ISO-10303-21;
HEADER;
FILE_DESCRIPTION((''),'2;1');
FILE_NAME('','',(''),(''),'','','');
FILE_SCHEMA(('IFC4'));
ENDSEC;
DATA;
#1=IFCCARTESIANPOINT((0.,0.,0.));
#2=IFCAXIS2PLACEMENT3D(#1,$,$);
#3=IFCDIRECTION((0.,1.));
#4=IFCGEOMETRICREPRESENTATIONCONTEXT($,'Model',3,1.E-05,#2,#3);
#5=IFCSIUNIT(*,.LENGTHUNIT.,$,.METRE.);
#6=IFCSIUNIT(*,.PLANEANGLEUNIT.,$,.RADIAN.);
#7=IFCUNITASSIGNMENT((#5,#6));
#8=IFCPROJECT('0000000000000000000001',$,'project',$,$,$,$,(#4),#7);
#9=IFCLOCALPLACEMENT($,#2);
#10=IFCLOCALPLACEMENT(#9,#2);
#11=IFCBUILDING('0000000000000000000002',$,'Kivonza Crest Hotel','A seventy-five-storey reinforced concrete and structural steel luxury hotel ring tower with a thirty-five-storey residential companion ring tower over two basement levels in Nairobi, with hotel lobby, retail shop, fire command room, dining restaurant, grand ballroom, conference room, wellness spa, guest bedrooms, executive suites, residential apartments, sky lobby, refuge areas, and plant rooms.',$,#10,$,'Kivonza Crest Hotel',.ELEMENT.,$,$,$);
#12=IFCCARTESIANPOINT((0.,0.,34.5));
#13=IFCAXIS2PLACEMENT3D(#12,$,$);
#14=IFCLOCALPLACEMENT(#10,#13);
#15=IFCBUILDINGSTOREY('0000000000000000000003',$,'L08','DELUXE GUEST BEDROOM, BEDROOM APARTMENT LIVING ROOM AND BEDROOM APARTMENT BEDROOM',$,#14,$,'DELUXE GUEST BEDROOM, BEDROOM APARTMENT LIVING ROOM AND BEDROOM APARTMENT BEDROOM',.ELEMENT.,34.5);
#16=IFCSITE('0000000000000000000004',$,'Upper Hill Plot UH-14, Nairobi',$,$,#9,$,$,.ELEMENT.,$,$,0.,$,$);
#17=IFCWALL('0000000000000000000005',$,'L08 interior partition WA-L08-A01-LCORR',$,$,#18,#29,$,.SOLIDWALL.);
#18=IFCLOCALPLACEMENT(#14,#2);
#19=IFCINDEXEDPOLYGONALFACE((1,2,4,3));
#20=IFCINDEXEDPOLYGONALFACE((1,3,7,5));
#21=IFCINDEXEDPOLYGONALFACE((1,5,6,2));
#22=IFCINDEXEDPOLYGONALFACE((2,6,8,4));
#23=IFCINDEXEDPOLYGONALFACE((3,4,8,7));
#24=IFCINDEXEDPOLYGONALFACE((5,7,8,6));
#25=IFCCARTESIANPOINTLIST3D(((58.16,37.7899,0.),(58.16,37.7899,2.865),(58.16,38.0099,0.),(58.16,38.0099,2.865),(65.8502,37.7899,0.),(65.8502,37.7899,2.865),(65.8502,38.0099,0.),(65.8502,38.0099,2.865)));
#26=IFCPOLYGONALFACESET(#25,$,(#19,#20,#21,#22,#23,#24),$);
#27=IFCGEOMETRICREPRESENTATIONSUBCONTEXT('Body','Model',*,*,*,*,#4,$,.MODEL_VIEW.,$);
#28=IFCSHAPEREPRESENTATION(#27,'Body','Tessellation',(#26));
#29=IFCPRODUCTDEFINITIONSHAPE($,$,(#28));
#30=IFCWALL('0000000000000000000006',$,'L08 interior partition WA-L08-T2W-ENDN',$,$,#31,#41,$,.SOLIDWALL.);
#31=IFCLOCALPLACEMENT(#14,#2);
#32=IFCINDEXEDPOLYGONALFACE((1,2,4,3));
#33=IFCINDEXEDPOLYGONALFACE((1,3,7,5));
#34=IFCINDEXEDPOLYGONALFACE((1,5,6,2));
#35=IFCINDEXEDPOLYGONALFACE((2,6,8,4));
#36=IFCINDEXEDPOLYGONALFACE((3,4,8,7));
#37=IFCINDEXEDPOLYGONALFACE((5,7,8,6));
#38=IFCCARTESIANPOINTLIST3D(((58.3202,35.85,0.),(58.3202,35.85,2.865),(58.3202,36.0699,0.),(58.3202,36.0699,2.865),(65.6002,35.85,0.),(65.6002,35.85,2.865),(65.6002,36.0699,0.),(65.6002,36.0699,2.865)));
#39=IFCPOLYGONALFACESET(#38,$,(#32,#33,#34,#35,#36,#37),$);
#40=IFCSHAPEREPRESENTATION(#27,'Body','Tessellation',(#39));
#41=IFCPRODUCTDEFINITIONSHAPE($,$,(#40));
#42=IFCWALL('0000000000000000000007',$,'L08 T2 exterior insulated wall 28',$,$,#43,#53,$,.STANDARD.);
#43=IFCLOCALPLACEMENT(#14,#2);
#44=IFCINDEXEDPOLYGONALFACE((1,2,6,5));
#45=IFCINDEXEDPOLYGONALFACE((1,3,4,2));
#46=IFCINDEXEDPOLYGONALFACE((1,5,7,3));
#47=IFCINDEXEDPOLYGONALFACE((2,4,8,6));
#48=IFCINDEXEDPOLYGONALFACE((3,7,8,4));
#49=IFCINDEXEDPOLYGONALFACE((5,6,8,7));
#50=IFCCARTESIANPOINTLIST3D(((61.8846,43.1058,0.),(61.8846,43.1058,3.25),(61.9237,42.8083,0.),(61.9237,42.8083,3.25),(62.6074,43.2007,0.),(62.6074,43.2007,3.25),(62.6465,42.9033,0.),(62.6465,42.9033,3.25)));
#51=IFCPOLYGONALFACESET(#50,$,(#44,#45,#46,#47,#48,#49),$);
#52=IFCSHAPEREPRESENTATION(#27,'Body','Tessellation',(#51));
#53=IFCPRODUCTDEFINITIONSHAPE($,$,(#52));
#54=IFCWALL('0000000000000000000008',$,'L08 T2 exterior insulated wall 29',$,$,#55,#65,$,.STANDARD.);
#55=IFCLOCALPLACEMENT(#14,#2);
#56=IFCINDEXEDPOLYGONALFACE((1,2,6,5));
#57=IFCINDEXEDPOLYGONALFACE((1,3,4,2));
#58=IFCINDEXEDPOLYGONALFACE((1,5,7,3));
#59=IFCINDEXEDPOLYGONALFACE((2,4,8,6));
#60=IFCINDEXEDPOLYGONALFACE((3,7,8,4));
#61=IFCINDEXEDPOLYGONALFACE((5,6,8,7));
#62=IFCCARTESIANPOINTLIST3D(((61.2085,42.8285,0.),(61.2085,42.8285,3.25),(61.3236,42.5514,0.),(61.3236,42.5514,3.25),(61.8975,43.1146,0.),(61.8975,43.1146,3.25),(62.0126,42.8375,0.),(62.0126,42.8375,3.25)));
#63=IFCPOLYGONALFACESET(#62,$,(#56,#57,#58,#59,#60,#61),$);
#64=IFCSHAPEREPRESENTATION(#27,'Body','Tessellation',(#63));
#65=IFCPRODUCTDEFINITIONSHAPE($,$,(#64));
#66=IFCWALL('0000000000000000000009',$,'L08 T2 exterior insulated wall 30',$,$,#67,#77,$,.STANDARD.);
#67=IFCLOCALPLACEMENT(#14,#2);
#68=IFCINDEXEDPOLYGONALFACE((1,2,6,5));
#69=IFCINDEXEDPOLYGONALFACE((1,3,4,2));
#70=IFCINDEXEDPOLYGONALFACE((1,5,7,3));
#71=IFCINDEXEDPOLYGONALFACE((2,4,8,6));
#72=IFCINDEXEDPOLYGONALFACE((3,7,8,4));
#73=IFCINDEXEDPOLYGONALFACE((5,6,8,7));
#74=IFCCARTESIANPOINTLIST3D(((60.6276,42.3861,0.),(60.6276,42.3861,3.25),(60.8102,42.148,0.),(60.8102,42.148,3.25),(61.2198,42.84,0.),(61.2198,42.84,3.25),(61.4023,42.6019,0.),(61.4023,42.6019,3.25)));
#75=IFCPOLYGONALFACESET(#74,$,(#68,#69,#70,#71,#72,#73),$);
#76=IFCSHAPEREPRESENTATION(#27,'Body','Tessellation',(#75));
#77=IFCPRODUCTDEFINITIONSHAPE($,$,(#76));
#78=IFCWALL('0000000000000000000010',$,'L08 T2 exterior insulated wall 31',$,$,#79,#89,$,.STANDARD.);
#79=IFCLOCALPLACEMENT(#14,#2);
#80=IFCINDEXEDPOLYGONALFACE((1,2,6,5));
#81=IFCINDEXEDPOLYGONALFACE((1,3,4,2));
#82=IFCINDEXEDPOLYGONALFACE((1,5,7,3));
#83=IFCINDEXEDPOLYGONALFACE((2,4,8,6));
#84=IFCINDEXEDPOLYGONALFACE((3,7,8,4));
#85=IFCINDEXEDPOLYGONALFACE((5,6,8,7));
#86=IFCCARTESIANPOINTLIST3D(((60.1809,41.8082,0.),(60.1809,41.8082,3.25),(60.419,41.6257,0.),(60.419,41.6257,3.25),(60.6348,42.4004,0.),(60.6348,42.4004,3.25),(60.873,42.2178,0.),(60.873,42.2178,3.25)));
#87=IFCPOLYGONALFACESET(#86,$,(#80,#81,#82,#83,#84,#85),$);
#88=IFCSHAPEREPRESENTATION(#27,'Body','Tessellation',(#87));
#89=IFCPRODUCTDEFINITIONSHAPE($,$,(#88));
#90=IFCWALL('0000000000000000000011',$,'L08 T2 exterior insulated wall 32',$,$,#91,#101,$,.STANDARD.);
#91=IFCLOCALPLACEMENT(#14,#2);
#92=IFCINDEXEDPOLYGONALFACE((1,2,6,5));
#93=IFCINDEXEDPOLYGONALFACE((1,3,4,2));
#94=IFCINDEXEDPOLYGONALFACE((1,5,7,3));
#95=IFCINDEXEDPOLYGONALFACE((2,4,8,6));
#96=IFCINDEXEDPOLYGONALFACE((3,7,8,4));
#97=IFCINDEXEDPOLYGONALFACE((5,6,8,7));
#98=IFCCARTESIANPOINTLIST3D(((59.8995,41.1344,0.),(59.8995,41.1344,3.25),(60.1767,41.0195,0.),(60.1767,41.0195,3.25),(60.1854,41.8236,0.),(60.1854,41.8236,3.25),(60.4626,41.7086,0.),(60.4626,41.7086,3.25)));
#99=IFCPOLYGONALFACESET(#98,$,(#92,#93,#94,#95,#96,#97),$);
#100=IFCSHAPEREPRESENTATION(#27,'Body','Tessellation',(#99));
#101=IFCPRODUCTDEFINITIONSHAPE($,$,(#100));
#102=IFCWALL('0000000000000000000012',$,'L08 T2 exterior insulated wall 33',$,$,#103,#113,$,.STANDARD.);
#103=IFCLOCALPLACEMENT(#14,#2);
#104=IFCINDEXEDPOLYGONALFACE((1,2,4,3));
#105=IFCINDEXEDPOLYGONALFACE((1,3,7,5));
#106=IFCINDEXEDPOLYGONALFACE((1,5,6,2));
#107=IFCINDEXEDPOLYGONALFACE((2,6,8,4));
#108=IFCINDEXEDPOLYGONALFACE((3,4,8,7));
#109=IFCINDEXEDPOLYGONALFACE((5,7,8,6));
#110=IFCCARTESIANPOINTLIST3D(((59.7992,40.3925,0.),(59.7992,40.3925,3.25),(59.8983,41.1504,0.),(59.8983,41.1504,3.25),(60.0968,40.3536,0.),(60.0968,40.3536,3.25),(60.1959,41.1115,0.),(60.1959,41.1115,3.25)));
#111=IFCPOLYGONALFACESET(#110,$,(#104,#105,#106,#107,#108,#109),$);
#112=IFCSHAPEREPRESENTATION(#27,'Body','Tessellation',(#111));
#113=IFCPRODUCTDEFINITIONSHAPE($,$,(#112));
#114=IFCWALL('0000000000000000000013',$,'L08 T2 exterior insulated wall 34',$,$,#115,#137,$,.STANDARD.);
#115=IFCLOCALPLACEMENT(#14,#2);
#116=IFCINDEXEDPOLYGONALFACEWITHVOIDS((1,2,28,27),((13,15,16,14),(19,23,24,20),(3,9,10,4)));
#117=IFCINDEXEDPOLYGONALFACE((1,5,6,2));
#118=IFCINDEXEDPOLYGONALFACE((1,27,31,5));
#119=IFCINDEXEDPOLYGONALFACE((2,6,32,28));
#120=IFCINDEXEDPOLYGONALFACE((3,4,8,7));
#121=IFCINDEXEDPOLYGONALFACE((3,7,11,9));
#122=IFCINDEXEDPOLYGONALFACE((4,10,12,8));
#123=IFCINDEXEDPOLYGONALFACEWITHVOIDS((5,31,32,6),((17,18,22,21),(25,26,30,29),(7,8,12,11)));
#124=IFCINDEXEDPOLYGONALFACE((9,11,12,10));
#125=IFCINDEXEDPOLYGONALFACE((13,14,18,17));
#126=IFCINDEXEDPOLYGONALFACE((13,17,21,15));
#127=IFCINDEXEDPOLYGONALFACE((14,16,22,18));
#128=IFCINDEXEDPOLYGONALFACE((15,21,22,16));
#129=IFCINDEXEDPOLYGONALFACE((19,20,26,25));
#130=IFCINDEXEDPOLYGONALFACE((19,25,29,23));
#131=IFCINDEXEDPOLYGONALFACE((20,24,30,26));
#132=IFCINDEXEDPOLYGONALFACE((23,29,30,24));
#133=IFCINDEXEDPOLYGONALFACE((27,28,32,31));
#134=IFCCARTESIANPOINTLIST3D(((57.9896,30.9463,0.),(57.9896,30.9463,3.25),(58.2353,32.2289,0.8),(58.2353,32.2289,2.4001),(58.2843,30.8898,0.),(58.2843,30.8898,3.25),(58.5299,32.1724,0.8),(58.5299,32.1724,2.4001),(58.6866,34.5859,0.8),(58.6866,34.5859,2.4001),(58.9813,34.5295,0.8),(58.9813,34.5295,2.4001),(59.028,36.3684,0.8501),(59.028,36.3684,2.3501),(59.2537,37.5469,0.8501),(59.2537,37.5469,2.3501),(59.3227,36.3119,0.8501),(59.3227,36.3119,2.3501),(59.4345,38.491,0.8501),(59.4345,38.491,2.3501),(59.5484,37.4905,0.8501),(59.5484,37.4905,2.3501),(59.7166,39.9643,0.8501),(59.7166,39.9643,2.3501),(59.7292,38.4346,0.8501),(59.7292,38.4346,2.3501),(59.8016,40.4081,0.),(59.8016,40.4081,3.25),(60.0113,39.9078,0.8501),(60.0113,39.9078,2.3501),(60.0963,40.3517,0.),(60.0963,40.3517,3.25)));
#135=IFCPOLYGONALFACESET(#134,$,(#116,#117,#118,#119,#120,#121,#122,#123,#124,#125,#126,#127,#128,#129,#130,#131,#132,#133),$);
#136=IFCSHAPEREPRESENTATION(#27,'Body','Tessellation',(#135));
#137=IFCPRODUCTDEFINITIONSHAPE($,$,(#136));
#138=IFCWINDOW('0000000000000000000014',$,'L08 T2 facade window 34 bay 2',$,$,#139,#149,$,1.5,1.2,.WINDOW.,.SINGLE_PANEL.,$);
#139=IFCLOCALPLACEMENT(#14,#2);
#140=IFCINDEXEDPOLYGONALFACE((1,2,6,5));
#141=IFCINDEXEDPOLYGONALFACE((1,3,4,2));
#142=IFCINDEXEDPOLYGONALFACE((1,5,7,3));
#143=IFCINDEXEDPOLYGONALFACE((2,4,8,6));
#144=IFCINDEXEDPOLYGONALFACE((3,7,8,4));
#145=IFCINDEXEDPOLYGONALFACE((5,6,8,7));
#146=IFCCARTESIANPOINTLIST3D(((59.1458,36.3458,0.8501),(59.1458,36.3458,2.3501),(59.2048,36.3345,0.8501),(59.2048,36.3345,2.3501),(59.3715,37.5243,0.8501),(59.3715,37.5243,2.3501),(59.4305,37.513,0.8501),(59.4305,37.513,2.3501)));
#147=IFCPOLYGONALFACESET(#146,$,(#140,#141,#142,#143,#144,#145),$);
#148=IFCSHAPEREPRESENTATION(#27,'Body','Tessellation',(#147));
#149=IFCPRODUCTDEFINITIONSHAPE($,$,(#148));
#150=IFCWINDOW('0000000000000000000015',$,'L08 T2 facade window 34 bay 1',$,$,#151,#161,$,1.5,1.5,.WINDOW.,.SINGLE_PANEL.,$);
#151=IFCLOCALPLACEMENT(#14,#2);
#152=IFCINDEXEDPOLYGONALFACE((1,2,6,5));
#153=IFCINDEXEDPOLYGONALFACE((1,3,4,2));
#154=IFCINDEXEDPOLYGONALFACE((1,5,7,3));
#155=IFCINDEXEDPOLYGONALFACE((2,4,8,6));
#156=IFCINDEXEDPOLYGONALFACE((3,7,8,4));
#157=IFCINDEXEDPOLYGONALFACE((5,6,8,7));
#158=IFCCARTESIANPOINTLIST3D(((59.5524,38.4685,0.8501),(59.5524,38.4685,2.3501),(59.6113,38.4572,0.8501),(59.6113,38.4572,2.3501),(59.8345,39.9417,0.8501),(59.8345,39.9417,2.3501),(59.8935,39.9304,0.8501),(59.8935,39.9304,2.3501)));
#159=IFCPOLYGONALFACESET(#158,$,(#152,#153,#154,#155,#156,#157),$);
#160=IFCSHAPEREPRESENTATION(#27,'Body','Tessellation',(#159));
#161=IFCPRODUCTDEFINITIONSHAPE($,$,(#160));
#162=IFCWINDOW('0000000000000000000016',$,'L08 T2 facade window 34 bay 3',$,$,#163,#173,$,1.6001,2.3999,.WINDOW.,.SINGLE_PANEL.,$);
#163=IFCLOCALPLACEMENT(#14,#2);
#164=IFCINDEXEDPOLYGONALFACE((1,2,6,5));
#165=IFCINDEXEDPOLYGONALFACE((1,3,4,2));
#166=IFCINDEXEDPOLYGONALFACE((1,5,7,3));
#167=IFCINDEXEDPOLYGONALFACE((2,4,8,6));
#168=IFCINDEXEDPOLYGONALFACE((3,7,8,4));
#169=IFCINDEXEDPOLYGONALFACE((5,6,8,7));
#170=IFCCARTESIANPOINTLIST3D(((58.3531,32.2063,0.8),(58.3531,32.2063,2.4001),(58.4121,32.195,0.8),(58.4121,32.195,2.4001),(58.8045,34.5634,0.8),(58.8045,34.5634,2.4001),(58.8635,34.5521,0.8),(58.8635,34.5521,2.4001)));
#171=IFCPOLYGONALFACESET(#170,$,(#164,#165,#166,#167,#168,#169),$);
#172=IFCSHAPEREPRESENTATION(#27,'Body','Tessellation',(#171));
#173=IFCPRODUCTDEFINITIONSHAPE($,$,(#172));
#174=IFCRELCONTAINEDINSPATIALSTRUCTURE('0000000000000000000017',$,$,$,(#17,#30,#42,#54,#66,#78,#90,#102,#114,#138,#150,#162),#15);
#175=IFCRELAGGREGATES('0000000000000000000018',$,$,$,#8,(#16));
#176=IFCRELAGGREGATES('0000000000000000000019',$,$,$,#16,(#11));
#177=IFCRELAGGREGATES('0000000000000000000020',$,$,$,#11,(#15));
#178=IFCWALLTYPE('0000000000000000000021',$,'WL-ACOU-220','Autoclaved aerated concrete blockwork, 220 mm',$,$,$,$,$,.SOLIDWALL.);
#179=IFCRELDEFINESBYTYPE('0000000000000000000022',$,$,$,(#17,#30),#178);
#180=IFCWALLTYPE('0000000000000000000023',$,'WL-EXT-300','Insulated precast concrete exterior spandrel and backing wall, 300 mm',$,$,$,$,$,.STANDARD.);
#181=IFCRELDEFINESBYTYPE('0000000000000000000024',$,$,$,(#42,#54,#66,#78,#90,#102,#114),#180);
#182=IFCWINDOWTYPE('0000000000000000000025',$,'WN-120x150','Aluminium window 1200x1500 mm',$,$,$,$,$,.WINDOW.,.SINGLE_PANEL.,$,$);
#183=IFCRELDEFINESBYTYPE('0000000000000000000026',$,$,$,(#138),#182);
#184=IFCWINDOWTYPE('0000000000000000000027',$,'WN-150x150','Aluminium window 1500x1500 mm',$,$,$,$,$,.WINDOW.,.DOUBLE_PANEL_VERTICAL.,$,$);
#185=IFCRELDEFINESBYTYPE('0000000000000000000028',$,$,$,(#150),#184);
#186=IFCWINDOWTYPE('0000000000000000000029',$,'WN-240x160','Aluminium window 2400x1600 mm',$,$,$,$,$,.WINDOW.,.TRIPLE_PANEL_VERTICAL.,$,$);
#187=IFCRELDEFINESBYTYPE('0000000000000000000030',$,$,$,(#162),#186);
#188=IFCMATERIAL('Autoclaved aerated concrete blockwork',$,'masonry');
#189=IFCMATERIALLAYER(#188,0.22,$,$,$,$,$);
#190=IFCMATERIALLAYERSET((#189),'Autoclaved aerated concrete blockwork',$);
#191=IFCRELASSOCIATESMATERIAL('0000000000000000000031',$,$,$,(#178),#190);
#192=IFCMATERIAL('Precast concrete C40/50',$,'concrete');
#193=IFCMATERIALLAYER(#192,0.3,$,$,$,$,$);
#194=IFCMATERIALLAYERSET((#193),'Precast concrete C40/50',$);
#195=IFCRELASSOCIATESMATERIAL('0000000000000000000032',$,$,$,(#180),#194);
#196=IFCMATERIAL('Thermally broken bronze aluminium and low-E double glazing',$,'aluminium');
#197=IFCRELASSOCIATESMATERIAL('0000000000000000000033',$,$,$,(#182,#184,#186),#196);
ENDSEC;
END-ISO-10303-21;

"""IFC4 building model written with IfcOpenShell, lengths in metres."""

from ifc_helpers import new_model, si_unit, direction, frame, frame_2d, origin, place, context, subcontext, project, spatial, rectangle, extrude, material, layer, layer_set, type_object, element, fill, save


model = new_model("IFC4")

# Units and contexts
model_context = context("Model", 3, precision=1e-05, world=origin(), true_north=direction((0.0, 1.0)))
body_context = subcontext(model_context, "Body", "Model", "MODEL_VIEW")
ifc_project = project(units=[si_unit("LENGTHUNIT", "METRE"), si_unit("PLANEANGLEUNIT", "RADIAN")], contexts=[model_context])

# Site, building, storey
site_placement = place(None, origin())
site = spatial("IfcSite", under=ifc_project, at=site_placement, Name="Upper Hill Plot UH-14, Nairobi", CompositionType="ELEMENT", RefElevation=0.0)
building_placement = place(site_placement, origin())
building = spatial("IfcBuilding", under=site, at=building_placement, Name="Kivonza Crest Hotel", Description="A seventy-five-storey reinforced concrete and structural steel luxury hotel ring tower with a thirty-five-storey residential companion ring tower over two basement levels in Nairobi, with hotel lobby, retail shop, fire command room, dining restaurant, grand ballroom, conference room, wellness spa, guest bedrooms, executive suites, residential apartments, sky lobby, refuge areas, and plant rooms.", LongName="Kivonza Crest Hotel", CompositionType="ELEMENT")
storey_placement = place(building_placement, frame((0.0, 0.0, 34.5)))
storey = spatial("IfcBuildingStorey", under=building, at=storey_placement, Name="L08", Description="DELUXE GUEST BEDROOM, BEDROOM APARTMENT LIVING ROOM AND BEDROOM APARTMENT BEDROOM", LongName="DELUXE GUEST BEDROOM, BEDROOM APARTMENT LIVING ROOM AND BEDROOM APARTMENT BEDROOM", CompositionType="ELEMENT", Elevation=34.5)

# Walls
ifc_material_1 = material(Name="Autoclaved aerated concrete blockwork", Category="masonry")
ifc_layer_1 = layer(ifc_material_1, 0.22)
ifc_layer_set_1 = layer_set([ifc_layer_1], Name="Autoclaved aerated concrete blockwork")
wall_type_1 = type_object("IfcWallType", Name="WL-ACOU-220", Description="Autoclaved aerated concrete blockwork, 220 mm", PredefinedType="SOLIDWALL", material=ifc_layer_set_1)
wall_1_placement = place(storey_placement, frame((58.1599, 37.8999, 0.0), z_axis=(0.0, 0.0, 1.0), x_axis=(1.0, 0.0, 0.0)))
element("IfcWall", 1, at=wall_1_placement, inside=storey, type_object=wall_type_1, Name="L08 interior partition WA-L08-A01-LCORR", PredefinedType="SOLIDWALL", context=body_context, shape_type="SweptSolid", body=[
    extrude(rectangle(XDim=7.6902, YDim=0.22, at=frame_2d((3.8452, 0.0))), origin(), (0.0, 0.0, 1.0), 2.865),
])
wall_2_placement = place(storey_placement, frame((58.3201, 35.96, 0.0), z_axis=(0.0, 0.0, 1.0), x_axis=(1.0, 0.0, 0.0)))
element("IfcWall", 2, at=wall_2_placement, inside=storey, type_object=wall_type_1, Name="L08 interior partition WA-L08-T2W-ENDN", PredefinedType="SOLIDWALL", context=body_context, shape_type="SweptSolid", body=[
    extrude(rectangle(XDim=7.28, YDim=0.22, at=frame_2d((3.6401, 0.0))), origin(), (0.0, 0.0, 1.0), 2.865),
])
ifc_material_2 = material(Name="Precast concrete C40/50", Category="concrete")
ifc_layer_2 = layer(ifc_material_2, 0.3)
ifc_layer_set_2 = layer_set([ifc_layer_2], Name="Precast concrete C40/50")
wall_type_2 = type_object("IfcWallType", Name="WL-EXT-300", Description="Insulated precast concrete exterior spandrel and backing wall, 300 mm", PredefinedType="STANDARD", material=ifc_layer_set_2)
wall_3_placement = place(storey_placement, frame((62.627, 43.052, 0.0), z_axis=(0.0, 0.0, 1.0), x_axis=(-0.99148, -0.130255, 0.0)))
element("IfcWall", 3, at=wall_3_placement, inside=storey, type_object=wall_type_2, Name="L08 T2 exterior insulated wall 28", PredefinedType="STANDARD", context=body_context, shape_type="SweptSolid", body=[
    extrude(rectangle(XDim=0.729, YDim=0.3, at=frame_2d((0.3645, 0.0))), origin(), (0.0, 0.0, 1.0), 3.25),
])
for number, where, z_axis, x_axis, name in (
    (4, (61.9551, 42.9761, 0.0), (0.0, 0.0, 1.0), (-0.923522, -0.383546, 0.0), "L08 T2 exterior insulated wall 29"),
    (5, (61.311, 42.7209, 0.0), (0.0, 0.0, 1.0), (-0.793633, -0.608397, 0.0), "L08 T2 exterior insulated wall 30"),
    (6, (60.7539, 42.3091, 0.0), (0.0, 0.0, 1.0), (-0.608397, -0.793633, 0.0), "L08 T2 exterior insulated wall 31"),
    (7, (60.324, 41.7661, 0.0), (0.0, 0.0, 1.0), (-0.383151, -0.923686, 0.0), "L08 T2 exterior insulated wall 32"),
):
    element("IfcWall", number, at=place(storey_placement, frame(where, z_axis=z_axis, x_axis=x_axis)), inside=storey, type_object=wall_type_2, Name=name, PredefinedType="STANDARD", context=body_context, shape_type="SweptSolid", body=[
        extrude(rectangle(XDim=0.7461, YDim=0.3, at=frame_2d((0.373, 0.0))), origin(), (0.0, 0.0, 1.0), 3.25),
    ])
wall_4_placement = place(storey_placement, frame((60.0471, 41.1311, 0.0), z_axis=(0.0, 0.0, 1.0), x_axis=(-0.129653, -0.991559, 0.0)))
element("IfcWall", 8, at=wall_4_placement, inside=storey, type_object=wall_type_2, Name="L08 T2 exterior insulated wall 33", PredefinedType="STANDARD", context=body_context, shape_type="SweptSolid", body=[
    extrude(rectangle(XDim=0.7644, YDim=0.3, at=frame_2d((0.3823, 0.0))), origin(), (0.0, 0.0, 1.0), 3.25),
])

# Wall, openings, windows
wall_5_placement = place(storey_placement, frame((59.949, 40.3799, 0.0), z_axis=(0.0, 0.0, 1.0), x_axis=(-0.188088, -0.982152, 0.0)))
wall_5 = element("IfcWall", 9, at=wall_5_placement, inside=storey, type_object=wall_type_2, Name="L08 T2 exterior insulated wall 34", PredefinedType="STANDARD", context=body_context, shape_type="SweptSolid", body=[
    extrude(rectangle(XDim=9.6338, YDim=0.3, at=frame_2d((4.8169, 0.0))), origin(), (0.0, 0.0, 1.0), 3.25),
])
opening_1_placement = place(wall_5_placement, frame((0.4519, 0.0, 0.8501)))
opening_1 = element("IfcOpeningElement", 10, at=opening_1_placement, cuts=wall_5, PredefinedType="OPENING", context=body_context, shape_type="SweptSolid", body=[
    extrude(rectangle(XDim=1.5, YDim=1.5, at=frame_2d((0.75, 0.75))), frame((0.0, 0.1602, 0.0), z_axis=(0.0, -1.0, 0.0), x_axis=(1.0, 0.0, 0.0)), (0.0, 0.0, 1.0), 0.3201),
])
opening_2_placement = place(wall_5_placement, frame((2.9131, 0.0, 0.8501)))
opening_2 = element("IfcOpeningElement", 11, at=opening_2_placement, cuts=wall_5, PredefinedType="OPENING", context=body_context, shape_type="SweptSolid", body=[
    extrude(rectangle(XDim=1.2, YDim=1.5, at=frame_2d((0.6001, 0.75))), frame((0.0, 0.1602, 0.0), z_axis=(0.0, -1.0, 0.0), x_axis=(1.0, 0.0, 0.0)), (0.0, 0.0, 1.0), 0.3201),
])
opening_3_placement = place(wall_5_placement, frame((5.928, 0.0, 0.8)))
opening_3 = element("IfcOpeningElement", 12, at=opening_3_placement, cuts=wall_5, PredefinedType="OPENING", context=body_context, shape_type="SweptSolid", body=[
    extrude(rectangle(XDim=2.3999, YDim=1.6001, at=frame_2d((1.2, 0.8))), frame((0.0, 0.1602, 0.0), z_axis=(0.0, -1.0, 0.0), x_axis=(1.0, 0.0, 0.0)), (0.0, 0.0, 1.0), 0.3201),
])
ifc_material_3 = material(Name="Thermally broken bronze aluminium and low-E double glazing", Category="aluminium")
window_type_1 = type_object("IfcWindowType", Name="WN-120x150", Description="Aluminium window 1200x1500 mm", PartitioningType="SINGLE_PANEL", PredefinedType="WINDOW", material=ifc_material_3)
window_1_placement = place(opening_2_placement, origin())
window_1 = element("IfcWindow", 13, at=window_1_placement, inside=storey, type_object=window_type_1, Name="L08 T2 facade window 34 bay 2", OverallHeight=1.5, OverallWidth=1.2, PartitioningType="SINGLE_PANEL", PredefinedType="WINDOW", context=body_context, shape_type="SweptSolid", body=[
    extrude(rectangle(XDim=1.2, YDim=1.5, at=frame_2d((0.6001, 0.75))), frame((0.0, 0.03, 0.0), z_axis=(0.0, -1.0, 0.0), x_axis=(1.0, 0.0, 0.0)), (0.0, 0.0, 1.0), 0.0601),
])
fill(opening_2, window_1)
window_type_2 = type_object("IfcWindowType", Name="WN-150x150", Description="Aluminium window 1500x1500 mm", PartitioningType="DOUBLE_PANEL_VERTICAL", PredefinedType="WINDOW", material=ifc_material_3)
window_2_placement = place(opening_1_placement, origin())
window_2 = element("IfcWindow", 14, at=window_2_placement, inside=storey, type_object=window_type_2, Name="L08 T2 facade window 34 bay 1", OverallHeight=1.5, OverallWidth=1.5, PartitioningType="SINGLE_PANEL", PredefinedType="WINDOW", context=body_context, shape_type="SweptSolid", body=[
    extrude(rectangle(XDim=1.5, YDim=1.5, at=frame_2d((0.75, 0.75))), frame((0.0, 0.03, 0.0), z_axis=(0.0, -1.0, 0.0), x_axis=(1.0, 0.0, 0.0)), (0.0, 0.0, 1.0), 0.0601),
])
fill(opening_1, window_2)
window_type_3 = type_object("IfcWindowType", Name="WN-240x160", Description="Aluminium window 2400x1600 mm", PartitioningType="TRIPLE_PANEL_VERTICAL", PredefinedType="WINDOW", material=ifc_material_3)
window_3_placement = place(opening_3_placement, origin())
window_3 = element("IfcWindow", 15, at=window_3_placement, inside=storey, type_object=window_type_3, Name="L08 T2 facade window 34 bay 3", OverallHeight=1.6001, OverallWidth=2.3999, PartitioningType="SINGLE_PANEL", PredefinedType="WINDOW", context=body_context, shape_type="SweptSolid", body=[
    extrude(rectangle(XDim=2.3999, YDim=1.6001, at=frame_2d((1.2, 0.8))), frame((0.0, 0.03, 0.0), z_axis=(0.0, -1.0, 0.0), x_axis=(1.0, 0.0, 0.0)), (0.0, 0.0, 1.0), 0.0601),
])
fill(opening_3, window_3)

save(model, "model.ifc")
